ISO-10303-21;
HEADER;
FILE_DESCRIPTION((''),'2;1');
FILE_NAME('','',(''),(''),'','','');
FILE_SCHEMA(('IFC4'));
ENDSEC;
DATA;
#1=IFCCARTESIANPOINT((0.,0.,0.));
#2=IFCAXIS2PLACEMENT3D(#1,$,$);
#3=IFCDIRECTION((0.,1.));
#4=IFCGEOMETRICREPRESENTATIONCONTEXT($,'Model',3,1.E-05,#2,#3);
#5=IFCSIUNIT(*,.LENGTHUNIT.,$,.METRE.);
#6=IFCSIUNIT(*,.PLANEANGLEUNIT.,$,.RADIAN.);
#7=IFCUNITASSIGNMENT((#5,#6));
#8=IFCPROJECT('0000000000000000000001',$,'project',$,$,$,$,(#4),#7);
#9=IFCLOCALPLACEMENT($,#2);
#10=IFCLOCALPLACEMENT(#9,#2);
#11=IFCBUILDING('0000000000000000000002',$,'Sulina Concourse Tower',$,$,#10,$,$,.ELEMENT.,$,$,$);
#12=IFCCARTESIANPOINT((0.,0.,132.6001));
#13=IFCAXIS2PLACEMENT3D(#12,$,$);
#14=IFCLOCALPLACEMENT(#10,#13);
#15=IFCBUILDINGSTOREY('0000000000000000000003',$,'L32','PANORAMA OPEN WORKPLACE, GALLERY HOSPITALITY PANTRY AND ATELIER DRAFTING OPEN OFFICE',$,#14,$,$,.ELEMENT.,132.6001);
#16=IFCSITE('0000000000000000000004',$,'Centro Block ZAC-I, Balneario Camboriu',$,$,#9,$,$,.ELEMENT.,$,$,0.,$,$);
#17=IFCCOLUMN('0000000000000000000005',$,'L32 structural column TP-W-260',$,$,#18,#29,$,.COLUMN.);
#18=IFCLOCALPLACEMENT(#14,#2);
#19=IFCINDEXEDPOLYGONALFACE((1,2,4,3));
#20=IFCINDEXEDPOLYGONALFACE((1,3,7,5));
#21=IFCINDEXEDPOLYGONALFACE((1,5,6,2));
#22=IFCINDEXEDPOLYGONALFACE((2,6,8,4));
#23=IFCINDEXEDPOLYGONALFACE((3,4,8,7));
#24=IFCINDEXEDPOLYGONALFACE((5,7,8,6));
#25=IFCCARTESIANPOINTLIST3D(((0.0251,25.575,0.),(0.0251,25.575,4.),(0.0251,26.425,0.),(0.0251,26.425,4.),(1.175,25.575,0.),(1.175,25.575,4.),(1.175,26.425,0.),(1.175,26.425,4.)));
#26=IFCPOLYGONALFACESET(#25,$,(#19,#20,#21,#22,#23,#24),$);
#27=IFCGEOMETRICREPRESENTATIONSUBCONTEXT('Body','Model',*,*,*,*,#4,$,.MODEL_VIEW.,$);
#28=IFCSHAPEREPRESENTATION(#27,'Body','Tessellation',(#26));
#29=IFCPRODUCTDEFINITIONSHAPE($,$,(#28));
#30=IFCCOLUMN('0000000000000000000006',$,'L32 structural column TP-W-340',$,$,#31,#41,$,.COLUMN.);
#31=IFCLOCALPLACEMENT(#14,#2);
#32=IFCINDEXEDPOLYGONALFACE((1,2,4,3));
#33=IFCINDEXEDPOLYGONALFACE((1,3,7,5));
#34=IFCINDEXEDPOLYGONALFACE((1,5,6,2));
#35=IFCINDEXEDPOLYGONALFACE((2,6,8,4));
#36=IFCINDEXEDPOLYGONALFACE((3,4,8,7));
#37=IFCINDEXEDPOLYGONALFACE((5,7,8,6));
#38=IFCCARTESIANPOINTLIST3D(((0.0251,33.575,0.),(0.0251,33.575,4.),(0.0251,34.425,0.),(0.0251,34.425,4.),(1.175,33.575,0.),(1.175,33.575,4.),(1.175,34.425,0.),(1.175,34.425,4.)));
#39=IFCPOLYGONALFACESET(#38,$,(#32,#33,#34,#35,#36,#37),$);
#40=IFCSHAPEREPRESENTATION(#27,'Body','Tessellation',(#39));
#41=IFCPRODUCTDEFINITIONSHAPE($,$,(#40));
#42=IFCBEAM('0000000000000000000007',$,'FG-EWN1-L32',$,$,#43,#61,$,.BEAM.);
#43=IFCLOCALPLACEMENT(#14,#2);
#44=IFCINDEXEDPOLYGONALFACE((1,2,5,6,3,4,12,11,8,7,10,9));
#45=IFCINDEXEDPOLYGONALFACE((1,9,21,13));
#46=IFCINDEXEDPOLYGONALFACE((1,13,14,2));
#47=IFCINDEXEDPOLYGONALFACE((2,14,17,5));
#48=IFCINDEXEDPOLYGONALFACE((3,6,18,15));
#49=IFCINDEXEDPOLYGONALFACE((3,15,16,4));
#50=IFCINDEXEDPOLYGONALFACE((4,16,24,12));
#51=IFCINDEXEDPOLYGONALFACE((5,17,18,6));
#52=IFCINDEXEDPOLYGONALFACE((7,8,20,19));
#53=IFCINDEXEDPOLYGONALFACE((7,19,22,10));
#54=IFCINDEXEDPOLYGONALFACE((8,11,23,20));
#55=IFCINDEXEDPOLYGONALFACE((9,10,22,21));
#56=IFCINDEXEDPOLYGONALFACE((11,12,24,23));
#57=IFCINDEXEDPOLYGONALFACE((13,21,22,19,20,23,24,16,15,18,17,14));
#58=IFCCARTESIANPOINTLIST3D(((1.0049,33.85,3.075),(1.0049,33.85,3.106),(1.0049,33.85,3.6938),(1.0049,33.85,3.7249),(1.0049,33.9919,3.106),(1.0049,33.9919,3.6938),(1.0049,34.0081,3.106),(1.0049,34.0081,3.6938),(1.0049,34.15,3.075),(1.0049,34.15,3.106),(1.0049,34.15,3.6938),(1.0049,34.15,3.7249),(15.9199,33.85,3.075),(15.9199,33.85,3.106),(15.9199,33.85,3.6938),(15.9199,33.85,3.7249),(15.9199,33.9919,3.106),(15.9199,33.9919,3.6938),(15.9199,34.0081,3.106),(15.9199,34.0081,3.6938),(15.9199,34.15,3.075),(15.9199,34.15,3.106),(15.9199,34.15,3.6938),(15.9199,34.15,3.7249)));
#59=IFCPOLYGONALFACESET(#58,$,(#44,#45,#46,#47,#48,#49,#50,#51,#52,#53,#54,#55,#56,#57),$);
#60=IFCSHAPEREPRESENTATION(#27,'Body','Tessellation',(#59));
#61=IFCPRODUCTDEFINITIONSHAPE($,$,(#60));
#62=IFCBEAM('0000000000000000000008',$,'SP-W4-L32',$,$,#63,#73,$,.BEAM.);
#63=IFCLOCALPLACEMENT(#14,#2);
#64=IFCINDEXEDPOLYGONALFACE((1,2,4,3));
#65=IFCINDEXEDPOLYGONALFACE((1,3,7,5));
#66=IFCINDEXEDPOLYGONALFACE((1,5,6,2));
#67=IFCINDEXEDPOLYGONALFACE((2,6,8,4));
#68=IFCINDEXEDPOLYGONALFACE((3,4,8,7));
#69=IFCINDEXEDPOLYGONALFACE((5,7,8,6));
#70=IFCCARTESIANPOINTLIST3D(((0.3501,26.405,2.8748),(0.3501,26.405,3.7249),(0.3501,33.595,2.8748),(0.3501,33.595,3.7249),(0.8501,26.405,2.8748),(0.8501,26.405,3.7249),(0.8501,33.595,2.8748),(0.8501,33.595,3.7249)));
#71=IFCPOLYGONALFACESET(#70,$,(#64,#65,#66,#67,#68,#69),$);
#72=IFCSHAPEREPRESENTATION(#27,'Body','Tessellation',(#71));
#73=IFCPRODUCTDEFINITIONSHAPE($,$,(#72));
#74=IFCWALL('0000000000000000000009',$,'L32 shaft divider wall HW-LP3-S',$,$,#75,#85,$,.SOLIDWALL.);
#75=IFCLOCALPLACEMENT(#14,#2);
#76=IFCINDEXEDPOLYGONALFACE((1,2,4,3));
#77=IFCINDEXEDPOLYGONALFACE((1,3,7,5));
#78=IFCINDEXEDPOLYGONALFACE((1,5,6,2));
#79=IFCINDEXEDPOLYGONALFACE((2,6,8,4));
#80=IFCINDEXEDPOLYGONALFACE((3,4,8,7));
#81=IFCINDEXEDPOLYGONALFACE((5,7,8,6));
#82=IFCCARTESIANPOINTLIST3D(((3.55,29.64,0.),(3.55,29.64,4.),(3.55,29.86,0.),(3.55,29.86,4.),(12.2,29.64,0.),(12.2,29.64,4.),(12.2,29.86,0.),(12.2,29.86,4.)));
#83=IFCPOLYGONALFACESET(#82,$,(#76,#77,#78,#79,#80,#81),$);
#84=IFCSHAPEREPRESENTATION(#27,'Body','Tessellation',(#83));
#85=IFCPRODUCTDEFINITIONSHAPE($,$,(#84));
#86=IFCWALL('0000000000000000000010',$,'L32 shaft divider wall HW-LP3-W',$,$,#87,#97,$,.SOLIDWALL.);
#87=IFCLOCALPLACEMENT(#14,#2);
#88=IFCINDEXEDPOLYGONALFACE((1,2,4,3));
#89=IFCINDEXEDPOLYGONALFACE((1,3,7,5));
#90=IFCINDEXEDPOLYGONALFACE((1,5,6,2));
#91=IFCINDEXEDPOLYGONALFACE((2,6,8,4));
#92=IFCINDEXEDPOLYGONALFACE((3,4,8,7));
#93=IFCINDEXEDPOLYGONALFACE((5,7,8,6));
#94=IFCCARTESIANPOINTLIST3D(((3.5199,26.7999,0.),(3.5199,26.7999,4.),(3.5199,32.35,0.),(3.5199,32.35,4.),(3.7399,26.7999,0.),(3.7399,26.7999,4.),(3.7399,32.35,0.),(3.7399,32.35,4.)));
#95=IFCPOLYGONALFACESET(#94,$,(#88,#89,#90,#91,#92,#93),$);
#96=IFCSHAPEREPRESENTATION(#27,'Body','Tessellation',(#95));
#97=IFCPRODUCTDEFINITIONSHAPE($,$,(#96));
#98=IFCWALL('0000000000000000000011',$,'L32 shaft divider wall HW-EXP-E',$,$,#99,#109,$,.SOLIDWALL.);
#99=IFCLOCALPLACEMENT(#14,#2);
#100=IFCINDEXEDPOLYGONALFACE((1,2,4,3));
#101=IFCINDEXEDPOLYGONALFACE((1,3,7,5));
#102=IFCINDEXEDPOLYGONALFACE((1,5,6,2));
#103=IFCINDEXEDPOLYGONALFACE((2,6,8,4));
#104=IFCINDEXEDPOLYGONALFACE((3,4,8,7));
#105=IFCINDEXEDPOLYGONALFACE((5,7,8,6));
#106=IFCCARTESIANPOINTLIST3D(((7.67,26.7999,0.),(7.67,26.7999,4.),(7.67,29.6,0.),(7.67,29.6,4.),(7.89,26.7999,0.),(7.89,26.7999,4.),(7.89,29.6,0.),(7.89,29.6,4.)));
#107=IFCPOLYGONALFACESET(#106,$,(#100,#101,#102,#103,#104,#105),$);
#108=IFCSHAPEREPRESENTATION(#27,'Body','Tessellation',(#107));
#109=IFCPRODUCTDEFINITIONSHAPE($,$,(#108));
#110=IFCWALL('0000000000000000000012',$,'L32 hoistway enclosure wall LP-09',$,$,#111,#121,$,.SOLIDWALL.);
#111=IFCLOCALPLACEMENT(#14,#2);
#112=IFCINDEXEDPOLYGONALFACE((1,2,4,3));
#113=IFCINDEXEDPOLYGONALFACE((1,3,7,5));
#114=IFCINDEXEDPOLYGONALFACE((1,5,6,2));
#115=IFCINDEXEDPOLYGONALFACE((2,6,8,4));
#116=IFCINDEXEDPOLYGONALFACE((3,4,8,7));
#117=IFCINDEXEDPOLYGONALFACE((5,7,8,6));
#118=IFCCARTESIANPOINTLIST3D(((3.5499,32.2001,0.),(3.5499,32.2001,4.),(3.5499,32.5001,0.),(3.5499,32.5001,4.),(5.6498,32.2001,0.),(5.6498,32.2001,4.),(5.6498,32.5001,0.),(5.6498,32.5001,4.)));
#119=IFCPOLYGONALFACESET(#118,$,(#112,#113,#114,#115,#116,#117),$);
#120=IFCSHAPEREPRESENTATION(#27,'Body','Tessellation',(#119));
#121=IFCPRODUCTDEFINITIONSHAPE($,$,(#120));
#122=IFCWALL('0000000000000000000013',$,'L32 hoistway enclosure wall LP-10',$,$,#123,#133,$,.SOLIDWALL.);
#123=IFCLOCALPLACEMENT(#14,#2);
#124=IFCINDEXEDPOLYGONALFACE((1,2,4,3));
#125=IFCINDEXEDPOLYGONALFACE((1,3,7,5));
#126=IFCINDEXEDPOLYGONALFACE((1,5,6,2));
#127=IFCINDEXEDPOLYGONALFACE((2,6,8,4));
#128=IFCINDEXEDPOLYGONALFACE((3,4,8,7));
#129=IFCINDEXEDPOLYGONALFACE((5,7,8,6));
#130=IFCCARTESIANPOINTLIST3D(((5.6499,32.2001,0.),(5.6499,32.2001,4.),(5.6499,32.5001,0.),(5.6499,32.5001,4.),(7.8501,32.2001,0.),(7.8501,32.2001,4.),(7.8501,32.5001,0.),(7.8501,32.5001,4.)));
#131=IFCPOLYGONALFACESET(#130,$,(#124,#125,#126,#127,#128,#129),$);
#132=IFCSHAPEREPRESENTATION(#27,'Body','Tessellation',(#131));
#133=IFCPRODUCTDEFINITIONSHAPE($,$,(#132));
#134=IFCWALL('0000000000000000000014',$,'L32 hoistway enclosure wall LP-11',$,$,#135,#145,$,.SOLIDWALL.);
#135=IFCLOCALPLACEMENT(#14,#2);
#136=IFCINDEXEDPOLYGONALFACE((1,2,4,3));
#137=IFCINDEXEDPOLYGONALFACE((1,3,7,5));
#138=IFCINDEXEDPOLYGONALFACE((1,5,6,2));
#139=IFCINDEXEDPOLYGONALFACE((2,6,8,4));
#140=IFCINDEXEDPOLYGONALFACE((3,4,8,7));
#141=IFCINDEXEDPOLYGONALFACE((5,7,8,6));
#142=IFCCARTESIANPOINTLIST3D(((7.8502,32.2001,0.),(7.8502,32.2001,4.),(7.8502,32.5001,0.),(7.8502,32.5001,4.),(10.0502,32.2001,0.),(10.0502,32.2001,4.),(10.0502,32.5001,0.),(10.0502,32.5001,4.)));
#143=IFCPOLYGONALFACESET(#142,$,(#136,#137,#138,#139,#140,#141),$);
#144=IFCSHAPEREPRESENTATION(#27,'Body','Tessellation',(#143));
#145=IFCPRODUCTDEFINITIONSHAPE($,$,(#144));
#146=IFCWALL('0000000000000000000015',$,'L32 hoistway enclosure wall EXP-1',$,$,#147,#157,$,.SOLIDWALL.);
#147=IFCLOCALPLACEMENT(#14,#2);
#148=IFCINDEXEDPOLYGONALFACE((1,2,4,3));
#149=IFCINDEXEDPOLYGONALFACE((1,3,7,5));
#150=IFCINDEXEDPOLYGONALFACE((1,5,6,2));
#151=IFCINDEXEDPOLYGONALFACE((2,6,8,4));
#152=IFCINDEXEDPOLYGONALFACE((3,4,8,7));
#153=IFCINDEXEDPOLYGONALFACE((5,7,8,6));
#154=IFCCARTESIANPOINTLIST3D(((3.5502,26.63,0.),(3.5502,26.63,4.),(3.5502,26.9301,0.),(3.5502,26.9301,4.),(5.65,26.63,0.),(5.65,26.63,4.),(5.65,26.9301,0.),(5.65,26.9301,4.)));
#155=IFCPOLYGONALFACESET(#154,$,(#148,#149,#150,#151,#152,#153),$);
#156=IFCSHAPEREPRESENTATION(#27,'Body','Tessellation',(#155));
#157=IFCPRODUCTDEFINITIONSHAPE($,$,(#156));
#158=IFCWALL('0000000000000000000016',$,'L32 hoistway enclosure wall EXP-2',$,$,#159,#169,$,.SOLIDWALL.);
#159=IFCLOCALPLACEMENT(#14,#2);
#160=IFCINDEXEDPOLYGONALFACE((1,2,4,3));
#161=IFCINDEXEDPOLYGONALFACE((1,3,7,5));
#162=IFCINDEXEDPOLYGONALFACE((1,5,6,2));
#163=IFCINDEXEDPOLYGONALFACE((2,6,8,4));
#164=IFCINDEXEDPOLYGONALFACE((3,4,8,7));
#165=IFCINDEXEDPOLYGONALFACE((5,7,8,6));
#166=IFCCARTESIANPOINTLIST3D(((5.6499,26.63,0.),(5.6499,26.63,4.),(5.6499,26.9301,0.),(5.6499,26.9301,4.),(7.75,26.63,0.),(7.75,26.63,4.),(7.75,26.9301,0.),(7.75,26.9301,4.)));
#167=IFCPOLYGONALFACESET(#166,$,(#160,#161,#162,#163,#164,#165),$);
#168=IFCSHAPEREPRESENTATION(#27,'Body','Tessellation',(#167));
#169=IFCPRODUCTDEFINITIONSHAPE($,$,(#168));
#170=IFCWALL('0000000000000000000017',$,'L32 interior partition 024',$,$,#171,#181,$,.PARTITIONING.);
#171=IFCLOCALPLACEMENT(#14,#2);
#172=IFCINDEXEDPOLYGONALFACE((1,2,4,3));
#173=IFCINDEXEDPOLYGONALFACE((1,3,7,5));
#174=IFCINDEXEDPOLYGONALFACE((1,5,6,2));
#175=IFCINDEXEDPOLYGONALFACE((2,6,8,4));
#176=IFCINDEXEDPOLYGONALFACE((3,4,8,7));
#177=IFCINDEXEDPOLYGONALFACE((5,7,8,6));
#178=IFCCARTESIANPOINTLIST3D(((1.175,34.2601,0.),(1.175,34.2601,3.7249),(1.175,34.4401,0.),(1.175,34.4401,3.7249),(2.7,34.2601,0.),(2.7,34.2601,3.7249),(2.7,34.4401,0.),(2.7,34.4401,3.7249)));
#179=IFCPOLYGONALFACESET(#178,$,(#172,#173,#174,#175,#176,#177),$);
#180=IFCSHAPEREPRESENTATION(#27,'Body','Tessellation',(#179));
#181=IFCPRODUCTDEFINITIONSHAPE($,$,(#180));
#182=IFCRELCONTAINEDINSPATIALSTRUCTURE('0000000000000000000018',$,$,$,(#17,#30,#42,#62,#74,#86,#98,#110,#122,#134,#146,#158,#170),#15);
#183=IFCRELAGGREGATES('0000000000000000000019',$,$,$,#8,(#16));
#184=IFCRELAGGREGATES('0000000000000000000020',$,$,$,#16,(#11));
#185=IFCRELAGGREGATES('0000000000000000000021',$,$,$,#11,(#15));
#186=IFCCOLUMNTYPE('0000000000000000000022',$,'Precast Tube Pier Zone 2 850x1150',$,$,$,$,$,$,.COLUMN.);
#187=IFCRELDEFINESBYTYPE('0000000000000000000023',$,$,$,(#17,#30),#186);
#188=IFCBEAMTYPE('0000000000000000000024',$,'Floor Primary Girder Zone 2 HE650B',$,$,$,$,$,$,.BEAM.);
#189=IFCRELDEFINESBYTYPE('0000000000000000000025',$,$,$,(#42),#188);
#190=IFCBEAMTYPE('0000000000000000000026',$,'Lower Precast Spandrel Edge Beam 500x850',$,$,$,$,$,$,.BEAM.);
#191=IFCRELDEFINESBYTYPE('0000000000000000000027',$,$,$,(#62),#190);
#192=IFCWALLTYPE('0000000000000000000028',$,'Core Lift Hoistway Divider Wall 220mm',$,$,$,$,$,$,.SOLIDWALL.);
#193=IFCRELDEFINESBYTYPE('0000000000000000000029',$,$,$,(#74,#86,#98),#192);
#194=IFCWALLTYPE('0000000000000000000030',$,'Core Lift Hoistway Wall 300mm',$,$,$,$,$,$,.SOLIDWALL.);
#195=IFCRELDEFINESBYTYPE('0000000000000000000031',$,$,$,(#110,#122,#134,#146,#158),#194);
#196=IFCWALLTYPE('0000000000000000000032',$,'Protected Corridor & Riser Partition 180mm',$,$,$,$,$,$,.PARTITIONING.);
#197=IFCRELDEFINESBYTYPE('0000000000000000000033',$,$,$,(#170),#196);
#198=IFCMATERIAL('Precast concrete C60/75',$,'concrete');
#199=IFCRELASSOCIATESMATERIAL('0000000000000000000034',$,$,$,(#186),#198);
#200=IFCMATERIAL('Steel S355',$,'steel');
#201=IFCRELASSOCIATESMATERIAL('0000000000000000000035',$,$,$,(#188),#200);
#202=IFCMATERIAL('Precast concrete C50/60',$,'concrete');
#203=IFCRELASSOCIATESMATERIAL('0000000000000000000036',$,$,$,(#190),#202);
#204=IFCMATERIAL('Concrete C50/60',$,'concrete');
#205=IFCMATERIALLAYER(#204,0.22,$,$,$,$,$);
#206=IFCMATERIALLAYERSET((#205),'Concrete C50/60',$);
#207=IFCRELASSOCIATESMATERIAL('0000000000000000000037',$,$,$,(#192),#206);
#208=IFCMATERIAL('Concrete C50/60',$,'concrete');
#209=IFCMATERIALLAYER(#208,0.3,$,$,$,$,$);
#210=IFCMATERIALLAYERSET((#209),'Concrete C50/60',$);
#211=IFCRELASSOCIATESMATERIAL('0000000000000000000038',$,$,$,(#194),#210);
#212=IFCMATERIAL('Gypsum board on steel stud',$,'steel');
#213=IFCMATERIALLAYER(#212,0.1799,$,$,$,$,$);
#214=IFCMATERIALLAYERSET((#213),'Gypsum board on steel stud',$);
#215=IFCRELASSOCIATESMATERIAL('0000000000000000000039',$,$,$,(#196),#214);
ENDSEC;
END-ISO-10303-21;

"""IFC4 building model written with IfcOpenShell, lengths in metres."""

from ifc_helpers import new_model, si_unit, direction, frame, frame_2d, origin, origin_2d, place, context, subcontext, project, spatial, rectangle, i_section, extrude, material, layer, layer_set, material_profile, profile_set, type_object, element, save


model = new_model("IFC4")

# Units and contexts
model_context = context("Model", 3, precision=1e-05, world=origin(), true_north=direction((0.0, 1.0)))
body_context = subcontext(model_context, "Body", "Model", "MODEL_VIEW")
ifc_project = project(units=[si_unit("LENGTHUNIT", "METRE"), si_unit("PLANEANGLEUNIT", "RADIAN")], contexts=[model_context])

# Site, building, storey
site_placement = place(None, origin())
site = spatial("IfcSite", under=ifc_project, at=site_placement, Name="Centro Block ZAC-I, Balneario Camboriu", CompositionType="ELEMENT", RefElevation=0.0)
building_placement = place(site_placement, origin())
building = spatial("IfcBuilding", under=site, at=building_placement, Name="Sulina Concourse Tower", CompositionType="ELEMENT")
storey_placement = place(building_placement, frame((0.0, 0.0, 132.6001)))
storey = spatial("IfcBuildingStorey", under=building, at=storey_placement, Name="L32", Description="PANORAMA OPEN WORKPLACE, GALLERY HOSPITALITY PANTRY AND ATELIER DRAFTING OPEN OFFICE", CompositionType="ELEMENT", Elevation=132.6001)

# Columns
ifc_material_1 = material(Name="Precast concrete C60/75", Category="concrete")
ifc_material_profile_1 = material_profile(ifc_material_1, rectangle(XDim=0.8501, YDim=1.1499, at=origin_2d()), Name="PC 850x1150")
ifc_profile_set_1 = profile_set([ifc_material_profile_1], Name="Precast concrete C60/75")
column_type = type_object("IfcColumnType", Name="Precast Tube Pier Zone 2 850x1150", PredefinedType="COLUMN", material=ifc_profile_set_1)
for number, where, z_axis, x_axis, name in (
    (1, (0.6001, 26.0, 0.0), (0.0, 0.0, 1.0), (0.0, 1.0, 0.0), "L32 structural column TP-W-260"),
    (2, (0.6001, 34.0, 0.0), (0.0, 0.0, 1.0), (0.0, 1.0, 0.0), "L32 structural column TP-W-340"),
):
    element("IfcColumn", number, at=place(storey_placement, frame(where, z_axis=z_axis, x_axis=x_axis)), inside=storey, type_object=column_type, Name=name, PredefinedType="COLUMN", context=body_context, shape_type="SweptSolid", body=[
        extrude(rectangle(XDim=0.8501, YDim=1.1499, at=origin_2d()), origin(), (0.0, 0.0, 1.0), 4.0),
    ])

# Beams
ifc_material_2 = material(Name="Steel S355", Category="steel")
ifc_material_profile_2 = material_profile(ifc_material_2, i_section(OverallWidth=0.3, OverallDepth=0.6499, WebThickness=0.0161, FlangeThickness=0.031, at=origin_2d()), Name="HE 650 B")
ifc_profile_set_2 = profile_set([ifc_material_profile_2], Name="Steel S355")
beam_type_1 = type_object("IfcBeamType", Name="Floor Primary Girder Zone 2 HE650B", PredefinedType="BEAM", material=ifc_profile_set_2)
beam_1_placement = place(storey_placement, frame((1.0049, 34.0, 3.3999), z_axis=(1.0, 0.0, 0.0), x_axis=(0.0, 1.0, 0.0)))
element("IfcBeam", 3, at=beam_1_placement, inside=storey, type_object=beam_type_1, Name="FG-EWN1-L32", PredefinedType="BEAM", context=body_context, shape_type="SweptSolid", body=[
    extrude(i_section(OverallWidth=0.3, OverallDepth=0.6499, WebThickness=0.0161, FlangeThickness=0.031, at=origin_2d()), origin(), (0.0, 0.0, 1.0), 14.915),
])
ifc_material_3 = material(Name="Precast concrete C50/60", Category="concrete")
ifc_material_profile_3 = material_profile(ifc_material_3, rectangle(XDim=0.5, YDim=0.8501, at=origin_2d()), Name="RC 500x850")
ifc_profile_set_3 = profile_set([ifc_material_profile_3], Name="Precast concrete C50/60")
beam_type_2 = type_object("IfcBeamType", Name="Lower Precast Spandrel Edge Beam 500x850", PredefinedType="BEAM", material=ifc_profile_set_3)
beam_2_placement = place(storey_placement, frame((0.6001, 26.405, 3.2998), z_axis=(0.0, 1.0, 0.0), x_axis=(-1.0, 0.0, 0.0)))
element("IfcBeam", 4, at=beam_2_placement, inside=storey, type_object=beam_type_2, Name="SP-W4-L32", PredefinedType="BEAM", context=body_context, shape_type="SweptSolid", body=[
    extrude(rectangle(XDim=0.5, YDim=0.8501, at=origin_2d()), origin(), (0.0, 0.0, 1.0), 7.1899),
])

# Walls
ifc_material_4 = material(Name="Concrete C50/60", Category="concrete")
ifc_layer_1 = layer(ifc_material_4, 0.22)
ifc_layer_set_1 = layer_set([ifc_layer_1], Name="Concrete C50/60")
wall_type_1 = type_object("IfcWallType", Name="Core Lift Hoistway Divider Wall 220mm", PredefinedType="SOLIDWALL", material=ifc_layer_set_1)
wall_1_placement = place(storey_placement, frame((3.55, 29.75, 0.0), z_axis=(0.0, 0.0, 1.0), x_axis=(1.0, 0.0, 0.0)))
element("IfcWall", 5, at=wall_1_placement, inside=storey, type_object=wall_type_1, Name="L32 shaft divider wall HW-LP3-S", PredefinedType="SOLIDWALL", context=body_context, shape_type="SweptSolid", body=[
    extrude(rectangle(XDim=8.6499, YDim=0.22, at=frame_2d((4.325, 0.0))), origin(), (0.0, 0.0, 1.0), 4.0),
])
wall_2_placement = place(storey_placement, frame((3.6299, 26.8, 0.0), z_axis=(0.0, 0.0, 1.0), x_axis=(0.0, 1.0, 0.0)))
element("IfcWall", 6, at=wall_2_placement, inside=storey, type_object=wall_type_1, Name="L32 shaft divider wall HW-LP3-W", PredefinedType="SOLIDWALL", context=body_context, shape_type="SweptSolid", body=[
    extrude(rectangle(XDim=5.55, YDim=0.22, at=frame_2d((2.7749, 0.0))), origin(), (0.0, 0.0, 1.0), 4.0),
])
wall_3_placement = place(storey_placement, frame((7.78, 26.8, 0.0), z_axis=(0.0, 0.0, 1.0), x_axis=(0.0, 1.0, 0.0)))
element("IfcWall", 7, at=wall_3_placement, inside=storey, type_object=wall_type_1, Name="L32 shaft divider wall HW-EXP-E", PredefinedType="SOLIDWALL", context=body_context, shape_type="SweptSolid", body=[
    extrude(rectangle(XDim=2.8, YDim=0.22, at=frame_2d((1.3999, 0.0))), origin(), (0.0, 0.0, 1.0), 4.0),
])
ifc_material_5 = material(Name="Concrete C50/60", Category="concrete")
ifc_layer_2 = layer(ifc_material_5, 0.3)
ifc_layer_set_2 = layer_set([ifc_layer_2], Name="Concrete C50/60")
wall_type_2 = type_object("IfcWallType", Name="Core Lift Hoistway Wall 300mm", PredefinedType="SOLIDWALL", material=ifc_layer_set_2)
wall_4_placement = place(storey_placement, frame((3.55, 32.3501, 0.0), z_axis=(0.0, 0.0, 1.0), x_axis=(1.0, 0.0, 0.0)))
element("IfcWall", 8, at=wall_4_placement, inside=storey, type_object=wall_type_2, Name="L32 hoistway enclosure wall LP-09", PredefinedType="SOLIDWALL", context=body_context, shape_type="SweptSolid", body=[
    extrude(rectangle(XDim=2.0999, YDim=0.3, at=frame_2d((1.0498, 0.0))), origin(), (0.0, 0.0, 1.0), 4.0),
])
wall_5_placement = place(storey_placement, frame((5.6499, 32.3501, 0.0), z_axis=(0.0, 0.0, 1.0), x_axis=(1.0, 0.0, 0.0)))
element("IfcWall", 9, at=wall_5_placement, inside=storey, type_object=wall_type_2, Name="L32 hoistway enclosure wall LP-10", PredefinedType="SOLIDWALL", context=body_context, shape_type="SweptSolid", body=[
    extrude(rectangle(XDim=2.2002, YDim=0.3, at=frame_2d((1.1001, 0.0))), origin(), (0.0, 0.0, 1.0), 4.0),
])
wall_6_placement = place(storey_placement, frame((7.8501, 32.3501, 0.0), z_axis=(0.0, 0.0, 1.0), x_axis=(1.0, 0.0, 0.0)))
element("IfcWall", 10, at=wall_6_placement, inside=storey, type_object=wall_type_2, Name="L32 hoistway enclosure wall LP-11", PredefinedType="SOLIDWALL", context=body_context, shape_type="SweptSolid", body=[
    extrude(rectangle(XDim=2.2, YDim=0.3, at=frame_2d((1.1001, 0.0))), origin(), (0.0, 0.0, 1.0), 4.0),
])
wall_7_placement = place(storey_placement, frame((5.6499, 26.78, 0.0), z_axis=(0.0, 0.0, 1.0), x_axis=(-1.0, 0.0, 0.0)))
element("IfcWall", 11, at=wall_7_placement, inside=storey, type_object=wall_type_2, Name="L32 hoistway enclosure wall EXP-1", PredefinedType="SOLIDWALL", context=body_context, shape_type="SweptSolid", body=[
    extrude(rectangle(XDim=2.0999, YDim=0.3, at=frame_2d((1.0498, 0.0))), origin(), (0.0, 0.0, 1.0), 4.0),
])
wall_8_placement = place(storey_placement, frame((7.75, 26.78, 0.0), z_axis=(0.0, 0.0, 1.0), x_axis=(-1.0, 0.0, 0.0)))
element("IfcWall", 12, at=wall_8_placement, inside=storey, type_object=wall_type_2, Name="L32 hoistway enclosure wall EXP-2", PredefinedType="SOLIDWALL", context=body_context, shape_type="SweptSolid", body=[
    extrude(rectangle(XDim=2.1001, YDim=0.3, at=frame_2d((1.05, 0.0))), origin(), (0.0, 0.0, 1.0), 4.0),
])
ifc_material_6 = material(Name="Gypsum board on steel stud", Category="steel")
ifc_layer_3 = layer(ifc_material_6, 0.1799)
ifc_layer_set_3 = layer_set([ifc_layer_3], Name="Gypsum board on steel stud")
wall_type_3 = type_object("IfcWallType", Name="Protected Corridor & Riser Partition 180mm", PredefinedType="PARTITIONING", material=ifc_layer_set_3)
wall_9_placement = place(storey_placement, frame((1.175, 34.3501, 0.0), z_axis=(0.0, 0.0, 1.0), x_axis=(1.0, 0.0, 0.0)))
element("IfcWall", 13, at=wall_9_placement, inside=storey, type_object=wall_type_3, Name="L32 interior partition 024", PredefinedType="PARTITIONING", context=body_context, shape_type="SweptSolid", body=[
    extrude(rectangle(XDim=1.5249, YDim=0.1799, at=frame_2d((0.7625, 0.0))), origin(), (0.0, 0.0, 1.0), 3.7249),
])

save(model, "model.ifc")
